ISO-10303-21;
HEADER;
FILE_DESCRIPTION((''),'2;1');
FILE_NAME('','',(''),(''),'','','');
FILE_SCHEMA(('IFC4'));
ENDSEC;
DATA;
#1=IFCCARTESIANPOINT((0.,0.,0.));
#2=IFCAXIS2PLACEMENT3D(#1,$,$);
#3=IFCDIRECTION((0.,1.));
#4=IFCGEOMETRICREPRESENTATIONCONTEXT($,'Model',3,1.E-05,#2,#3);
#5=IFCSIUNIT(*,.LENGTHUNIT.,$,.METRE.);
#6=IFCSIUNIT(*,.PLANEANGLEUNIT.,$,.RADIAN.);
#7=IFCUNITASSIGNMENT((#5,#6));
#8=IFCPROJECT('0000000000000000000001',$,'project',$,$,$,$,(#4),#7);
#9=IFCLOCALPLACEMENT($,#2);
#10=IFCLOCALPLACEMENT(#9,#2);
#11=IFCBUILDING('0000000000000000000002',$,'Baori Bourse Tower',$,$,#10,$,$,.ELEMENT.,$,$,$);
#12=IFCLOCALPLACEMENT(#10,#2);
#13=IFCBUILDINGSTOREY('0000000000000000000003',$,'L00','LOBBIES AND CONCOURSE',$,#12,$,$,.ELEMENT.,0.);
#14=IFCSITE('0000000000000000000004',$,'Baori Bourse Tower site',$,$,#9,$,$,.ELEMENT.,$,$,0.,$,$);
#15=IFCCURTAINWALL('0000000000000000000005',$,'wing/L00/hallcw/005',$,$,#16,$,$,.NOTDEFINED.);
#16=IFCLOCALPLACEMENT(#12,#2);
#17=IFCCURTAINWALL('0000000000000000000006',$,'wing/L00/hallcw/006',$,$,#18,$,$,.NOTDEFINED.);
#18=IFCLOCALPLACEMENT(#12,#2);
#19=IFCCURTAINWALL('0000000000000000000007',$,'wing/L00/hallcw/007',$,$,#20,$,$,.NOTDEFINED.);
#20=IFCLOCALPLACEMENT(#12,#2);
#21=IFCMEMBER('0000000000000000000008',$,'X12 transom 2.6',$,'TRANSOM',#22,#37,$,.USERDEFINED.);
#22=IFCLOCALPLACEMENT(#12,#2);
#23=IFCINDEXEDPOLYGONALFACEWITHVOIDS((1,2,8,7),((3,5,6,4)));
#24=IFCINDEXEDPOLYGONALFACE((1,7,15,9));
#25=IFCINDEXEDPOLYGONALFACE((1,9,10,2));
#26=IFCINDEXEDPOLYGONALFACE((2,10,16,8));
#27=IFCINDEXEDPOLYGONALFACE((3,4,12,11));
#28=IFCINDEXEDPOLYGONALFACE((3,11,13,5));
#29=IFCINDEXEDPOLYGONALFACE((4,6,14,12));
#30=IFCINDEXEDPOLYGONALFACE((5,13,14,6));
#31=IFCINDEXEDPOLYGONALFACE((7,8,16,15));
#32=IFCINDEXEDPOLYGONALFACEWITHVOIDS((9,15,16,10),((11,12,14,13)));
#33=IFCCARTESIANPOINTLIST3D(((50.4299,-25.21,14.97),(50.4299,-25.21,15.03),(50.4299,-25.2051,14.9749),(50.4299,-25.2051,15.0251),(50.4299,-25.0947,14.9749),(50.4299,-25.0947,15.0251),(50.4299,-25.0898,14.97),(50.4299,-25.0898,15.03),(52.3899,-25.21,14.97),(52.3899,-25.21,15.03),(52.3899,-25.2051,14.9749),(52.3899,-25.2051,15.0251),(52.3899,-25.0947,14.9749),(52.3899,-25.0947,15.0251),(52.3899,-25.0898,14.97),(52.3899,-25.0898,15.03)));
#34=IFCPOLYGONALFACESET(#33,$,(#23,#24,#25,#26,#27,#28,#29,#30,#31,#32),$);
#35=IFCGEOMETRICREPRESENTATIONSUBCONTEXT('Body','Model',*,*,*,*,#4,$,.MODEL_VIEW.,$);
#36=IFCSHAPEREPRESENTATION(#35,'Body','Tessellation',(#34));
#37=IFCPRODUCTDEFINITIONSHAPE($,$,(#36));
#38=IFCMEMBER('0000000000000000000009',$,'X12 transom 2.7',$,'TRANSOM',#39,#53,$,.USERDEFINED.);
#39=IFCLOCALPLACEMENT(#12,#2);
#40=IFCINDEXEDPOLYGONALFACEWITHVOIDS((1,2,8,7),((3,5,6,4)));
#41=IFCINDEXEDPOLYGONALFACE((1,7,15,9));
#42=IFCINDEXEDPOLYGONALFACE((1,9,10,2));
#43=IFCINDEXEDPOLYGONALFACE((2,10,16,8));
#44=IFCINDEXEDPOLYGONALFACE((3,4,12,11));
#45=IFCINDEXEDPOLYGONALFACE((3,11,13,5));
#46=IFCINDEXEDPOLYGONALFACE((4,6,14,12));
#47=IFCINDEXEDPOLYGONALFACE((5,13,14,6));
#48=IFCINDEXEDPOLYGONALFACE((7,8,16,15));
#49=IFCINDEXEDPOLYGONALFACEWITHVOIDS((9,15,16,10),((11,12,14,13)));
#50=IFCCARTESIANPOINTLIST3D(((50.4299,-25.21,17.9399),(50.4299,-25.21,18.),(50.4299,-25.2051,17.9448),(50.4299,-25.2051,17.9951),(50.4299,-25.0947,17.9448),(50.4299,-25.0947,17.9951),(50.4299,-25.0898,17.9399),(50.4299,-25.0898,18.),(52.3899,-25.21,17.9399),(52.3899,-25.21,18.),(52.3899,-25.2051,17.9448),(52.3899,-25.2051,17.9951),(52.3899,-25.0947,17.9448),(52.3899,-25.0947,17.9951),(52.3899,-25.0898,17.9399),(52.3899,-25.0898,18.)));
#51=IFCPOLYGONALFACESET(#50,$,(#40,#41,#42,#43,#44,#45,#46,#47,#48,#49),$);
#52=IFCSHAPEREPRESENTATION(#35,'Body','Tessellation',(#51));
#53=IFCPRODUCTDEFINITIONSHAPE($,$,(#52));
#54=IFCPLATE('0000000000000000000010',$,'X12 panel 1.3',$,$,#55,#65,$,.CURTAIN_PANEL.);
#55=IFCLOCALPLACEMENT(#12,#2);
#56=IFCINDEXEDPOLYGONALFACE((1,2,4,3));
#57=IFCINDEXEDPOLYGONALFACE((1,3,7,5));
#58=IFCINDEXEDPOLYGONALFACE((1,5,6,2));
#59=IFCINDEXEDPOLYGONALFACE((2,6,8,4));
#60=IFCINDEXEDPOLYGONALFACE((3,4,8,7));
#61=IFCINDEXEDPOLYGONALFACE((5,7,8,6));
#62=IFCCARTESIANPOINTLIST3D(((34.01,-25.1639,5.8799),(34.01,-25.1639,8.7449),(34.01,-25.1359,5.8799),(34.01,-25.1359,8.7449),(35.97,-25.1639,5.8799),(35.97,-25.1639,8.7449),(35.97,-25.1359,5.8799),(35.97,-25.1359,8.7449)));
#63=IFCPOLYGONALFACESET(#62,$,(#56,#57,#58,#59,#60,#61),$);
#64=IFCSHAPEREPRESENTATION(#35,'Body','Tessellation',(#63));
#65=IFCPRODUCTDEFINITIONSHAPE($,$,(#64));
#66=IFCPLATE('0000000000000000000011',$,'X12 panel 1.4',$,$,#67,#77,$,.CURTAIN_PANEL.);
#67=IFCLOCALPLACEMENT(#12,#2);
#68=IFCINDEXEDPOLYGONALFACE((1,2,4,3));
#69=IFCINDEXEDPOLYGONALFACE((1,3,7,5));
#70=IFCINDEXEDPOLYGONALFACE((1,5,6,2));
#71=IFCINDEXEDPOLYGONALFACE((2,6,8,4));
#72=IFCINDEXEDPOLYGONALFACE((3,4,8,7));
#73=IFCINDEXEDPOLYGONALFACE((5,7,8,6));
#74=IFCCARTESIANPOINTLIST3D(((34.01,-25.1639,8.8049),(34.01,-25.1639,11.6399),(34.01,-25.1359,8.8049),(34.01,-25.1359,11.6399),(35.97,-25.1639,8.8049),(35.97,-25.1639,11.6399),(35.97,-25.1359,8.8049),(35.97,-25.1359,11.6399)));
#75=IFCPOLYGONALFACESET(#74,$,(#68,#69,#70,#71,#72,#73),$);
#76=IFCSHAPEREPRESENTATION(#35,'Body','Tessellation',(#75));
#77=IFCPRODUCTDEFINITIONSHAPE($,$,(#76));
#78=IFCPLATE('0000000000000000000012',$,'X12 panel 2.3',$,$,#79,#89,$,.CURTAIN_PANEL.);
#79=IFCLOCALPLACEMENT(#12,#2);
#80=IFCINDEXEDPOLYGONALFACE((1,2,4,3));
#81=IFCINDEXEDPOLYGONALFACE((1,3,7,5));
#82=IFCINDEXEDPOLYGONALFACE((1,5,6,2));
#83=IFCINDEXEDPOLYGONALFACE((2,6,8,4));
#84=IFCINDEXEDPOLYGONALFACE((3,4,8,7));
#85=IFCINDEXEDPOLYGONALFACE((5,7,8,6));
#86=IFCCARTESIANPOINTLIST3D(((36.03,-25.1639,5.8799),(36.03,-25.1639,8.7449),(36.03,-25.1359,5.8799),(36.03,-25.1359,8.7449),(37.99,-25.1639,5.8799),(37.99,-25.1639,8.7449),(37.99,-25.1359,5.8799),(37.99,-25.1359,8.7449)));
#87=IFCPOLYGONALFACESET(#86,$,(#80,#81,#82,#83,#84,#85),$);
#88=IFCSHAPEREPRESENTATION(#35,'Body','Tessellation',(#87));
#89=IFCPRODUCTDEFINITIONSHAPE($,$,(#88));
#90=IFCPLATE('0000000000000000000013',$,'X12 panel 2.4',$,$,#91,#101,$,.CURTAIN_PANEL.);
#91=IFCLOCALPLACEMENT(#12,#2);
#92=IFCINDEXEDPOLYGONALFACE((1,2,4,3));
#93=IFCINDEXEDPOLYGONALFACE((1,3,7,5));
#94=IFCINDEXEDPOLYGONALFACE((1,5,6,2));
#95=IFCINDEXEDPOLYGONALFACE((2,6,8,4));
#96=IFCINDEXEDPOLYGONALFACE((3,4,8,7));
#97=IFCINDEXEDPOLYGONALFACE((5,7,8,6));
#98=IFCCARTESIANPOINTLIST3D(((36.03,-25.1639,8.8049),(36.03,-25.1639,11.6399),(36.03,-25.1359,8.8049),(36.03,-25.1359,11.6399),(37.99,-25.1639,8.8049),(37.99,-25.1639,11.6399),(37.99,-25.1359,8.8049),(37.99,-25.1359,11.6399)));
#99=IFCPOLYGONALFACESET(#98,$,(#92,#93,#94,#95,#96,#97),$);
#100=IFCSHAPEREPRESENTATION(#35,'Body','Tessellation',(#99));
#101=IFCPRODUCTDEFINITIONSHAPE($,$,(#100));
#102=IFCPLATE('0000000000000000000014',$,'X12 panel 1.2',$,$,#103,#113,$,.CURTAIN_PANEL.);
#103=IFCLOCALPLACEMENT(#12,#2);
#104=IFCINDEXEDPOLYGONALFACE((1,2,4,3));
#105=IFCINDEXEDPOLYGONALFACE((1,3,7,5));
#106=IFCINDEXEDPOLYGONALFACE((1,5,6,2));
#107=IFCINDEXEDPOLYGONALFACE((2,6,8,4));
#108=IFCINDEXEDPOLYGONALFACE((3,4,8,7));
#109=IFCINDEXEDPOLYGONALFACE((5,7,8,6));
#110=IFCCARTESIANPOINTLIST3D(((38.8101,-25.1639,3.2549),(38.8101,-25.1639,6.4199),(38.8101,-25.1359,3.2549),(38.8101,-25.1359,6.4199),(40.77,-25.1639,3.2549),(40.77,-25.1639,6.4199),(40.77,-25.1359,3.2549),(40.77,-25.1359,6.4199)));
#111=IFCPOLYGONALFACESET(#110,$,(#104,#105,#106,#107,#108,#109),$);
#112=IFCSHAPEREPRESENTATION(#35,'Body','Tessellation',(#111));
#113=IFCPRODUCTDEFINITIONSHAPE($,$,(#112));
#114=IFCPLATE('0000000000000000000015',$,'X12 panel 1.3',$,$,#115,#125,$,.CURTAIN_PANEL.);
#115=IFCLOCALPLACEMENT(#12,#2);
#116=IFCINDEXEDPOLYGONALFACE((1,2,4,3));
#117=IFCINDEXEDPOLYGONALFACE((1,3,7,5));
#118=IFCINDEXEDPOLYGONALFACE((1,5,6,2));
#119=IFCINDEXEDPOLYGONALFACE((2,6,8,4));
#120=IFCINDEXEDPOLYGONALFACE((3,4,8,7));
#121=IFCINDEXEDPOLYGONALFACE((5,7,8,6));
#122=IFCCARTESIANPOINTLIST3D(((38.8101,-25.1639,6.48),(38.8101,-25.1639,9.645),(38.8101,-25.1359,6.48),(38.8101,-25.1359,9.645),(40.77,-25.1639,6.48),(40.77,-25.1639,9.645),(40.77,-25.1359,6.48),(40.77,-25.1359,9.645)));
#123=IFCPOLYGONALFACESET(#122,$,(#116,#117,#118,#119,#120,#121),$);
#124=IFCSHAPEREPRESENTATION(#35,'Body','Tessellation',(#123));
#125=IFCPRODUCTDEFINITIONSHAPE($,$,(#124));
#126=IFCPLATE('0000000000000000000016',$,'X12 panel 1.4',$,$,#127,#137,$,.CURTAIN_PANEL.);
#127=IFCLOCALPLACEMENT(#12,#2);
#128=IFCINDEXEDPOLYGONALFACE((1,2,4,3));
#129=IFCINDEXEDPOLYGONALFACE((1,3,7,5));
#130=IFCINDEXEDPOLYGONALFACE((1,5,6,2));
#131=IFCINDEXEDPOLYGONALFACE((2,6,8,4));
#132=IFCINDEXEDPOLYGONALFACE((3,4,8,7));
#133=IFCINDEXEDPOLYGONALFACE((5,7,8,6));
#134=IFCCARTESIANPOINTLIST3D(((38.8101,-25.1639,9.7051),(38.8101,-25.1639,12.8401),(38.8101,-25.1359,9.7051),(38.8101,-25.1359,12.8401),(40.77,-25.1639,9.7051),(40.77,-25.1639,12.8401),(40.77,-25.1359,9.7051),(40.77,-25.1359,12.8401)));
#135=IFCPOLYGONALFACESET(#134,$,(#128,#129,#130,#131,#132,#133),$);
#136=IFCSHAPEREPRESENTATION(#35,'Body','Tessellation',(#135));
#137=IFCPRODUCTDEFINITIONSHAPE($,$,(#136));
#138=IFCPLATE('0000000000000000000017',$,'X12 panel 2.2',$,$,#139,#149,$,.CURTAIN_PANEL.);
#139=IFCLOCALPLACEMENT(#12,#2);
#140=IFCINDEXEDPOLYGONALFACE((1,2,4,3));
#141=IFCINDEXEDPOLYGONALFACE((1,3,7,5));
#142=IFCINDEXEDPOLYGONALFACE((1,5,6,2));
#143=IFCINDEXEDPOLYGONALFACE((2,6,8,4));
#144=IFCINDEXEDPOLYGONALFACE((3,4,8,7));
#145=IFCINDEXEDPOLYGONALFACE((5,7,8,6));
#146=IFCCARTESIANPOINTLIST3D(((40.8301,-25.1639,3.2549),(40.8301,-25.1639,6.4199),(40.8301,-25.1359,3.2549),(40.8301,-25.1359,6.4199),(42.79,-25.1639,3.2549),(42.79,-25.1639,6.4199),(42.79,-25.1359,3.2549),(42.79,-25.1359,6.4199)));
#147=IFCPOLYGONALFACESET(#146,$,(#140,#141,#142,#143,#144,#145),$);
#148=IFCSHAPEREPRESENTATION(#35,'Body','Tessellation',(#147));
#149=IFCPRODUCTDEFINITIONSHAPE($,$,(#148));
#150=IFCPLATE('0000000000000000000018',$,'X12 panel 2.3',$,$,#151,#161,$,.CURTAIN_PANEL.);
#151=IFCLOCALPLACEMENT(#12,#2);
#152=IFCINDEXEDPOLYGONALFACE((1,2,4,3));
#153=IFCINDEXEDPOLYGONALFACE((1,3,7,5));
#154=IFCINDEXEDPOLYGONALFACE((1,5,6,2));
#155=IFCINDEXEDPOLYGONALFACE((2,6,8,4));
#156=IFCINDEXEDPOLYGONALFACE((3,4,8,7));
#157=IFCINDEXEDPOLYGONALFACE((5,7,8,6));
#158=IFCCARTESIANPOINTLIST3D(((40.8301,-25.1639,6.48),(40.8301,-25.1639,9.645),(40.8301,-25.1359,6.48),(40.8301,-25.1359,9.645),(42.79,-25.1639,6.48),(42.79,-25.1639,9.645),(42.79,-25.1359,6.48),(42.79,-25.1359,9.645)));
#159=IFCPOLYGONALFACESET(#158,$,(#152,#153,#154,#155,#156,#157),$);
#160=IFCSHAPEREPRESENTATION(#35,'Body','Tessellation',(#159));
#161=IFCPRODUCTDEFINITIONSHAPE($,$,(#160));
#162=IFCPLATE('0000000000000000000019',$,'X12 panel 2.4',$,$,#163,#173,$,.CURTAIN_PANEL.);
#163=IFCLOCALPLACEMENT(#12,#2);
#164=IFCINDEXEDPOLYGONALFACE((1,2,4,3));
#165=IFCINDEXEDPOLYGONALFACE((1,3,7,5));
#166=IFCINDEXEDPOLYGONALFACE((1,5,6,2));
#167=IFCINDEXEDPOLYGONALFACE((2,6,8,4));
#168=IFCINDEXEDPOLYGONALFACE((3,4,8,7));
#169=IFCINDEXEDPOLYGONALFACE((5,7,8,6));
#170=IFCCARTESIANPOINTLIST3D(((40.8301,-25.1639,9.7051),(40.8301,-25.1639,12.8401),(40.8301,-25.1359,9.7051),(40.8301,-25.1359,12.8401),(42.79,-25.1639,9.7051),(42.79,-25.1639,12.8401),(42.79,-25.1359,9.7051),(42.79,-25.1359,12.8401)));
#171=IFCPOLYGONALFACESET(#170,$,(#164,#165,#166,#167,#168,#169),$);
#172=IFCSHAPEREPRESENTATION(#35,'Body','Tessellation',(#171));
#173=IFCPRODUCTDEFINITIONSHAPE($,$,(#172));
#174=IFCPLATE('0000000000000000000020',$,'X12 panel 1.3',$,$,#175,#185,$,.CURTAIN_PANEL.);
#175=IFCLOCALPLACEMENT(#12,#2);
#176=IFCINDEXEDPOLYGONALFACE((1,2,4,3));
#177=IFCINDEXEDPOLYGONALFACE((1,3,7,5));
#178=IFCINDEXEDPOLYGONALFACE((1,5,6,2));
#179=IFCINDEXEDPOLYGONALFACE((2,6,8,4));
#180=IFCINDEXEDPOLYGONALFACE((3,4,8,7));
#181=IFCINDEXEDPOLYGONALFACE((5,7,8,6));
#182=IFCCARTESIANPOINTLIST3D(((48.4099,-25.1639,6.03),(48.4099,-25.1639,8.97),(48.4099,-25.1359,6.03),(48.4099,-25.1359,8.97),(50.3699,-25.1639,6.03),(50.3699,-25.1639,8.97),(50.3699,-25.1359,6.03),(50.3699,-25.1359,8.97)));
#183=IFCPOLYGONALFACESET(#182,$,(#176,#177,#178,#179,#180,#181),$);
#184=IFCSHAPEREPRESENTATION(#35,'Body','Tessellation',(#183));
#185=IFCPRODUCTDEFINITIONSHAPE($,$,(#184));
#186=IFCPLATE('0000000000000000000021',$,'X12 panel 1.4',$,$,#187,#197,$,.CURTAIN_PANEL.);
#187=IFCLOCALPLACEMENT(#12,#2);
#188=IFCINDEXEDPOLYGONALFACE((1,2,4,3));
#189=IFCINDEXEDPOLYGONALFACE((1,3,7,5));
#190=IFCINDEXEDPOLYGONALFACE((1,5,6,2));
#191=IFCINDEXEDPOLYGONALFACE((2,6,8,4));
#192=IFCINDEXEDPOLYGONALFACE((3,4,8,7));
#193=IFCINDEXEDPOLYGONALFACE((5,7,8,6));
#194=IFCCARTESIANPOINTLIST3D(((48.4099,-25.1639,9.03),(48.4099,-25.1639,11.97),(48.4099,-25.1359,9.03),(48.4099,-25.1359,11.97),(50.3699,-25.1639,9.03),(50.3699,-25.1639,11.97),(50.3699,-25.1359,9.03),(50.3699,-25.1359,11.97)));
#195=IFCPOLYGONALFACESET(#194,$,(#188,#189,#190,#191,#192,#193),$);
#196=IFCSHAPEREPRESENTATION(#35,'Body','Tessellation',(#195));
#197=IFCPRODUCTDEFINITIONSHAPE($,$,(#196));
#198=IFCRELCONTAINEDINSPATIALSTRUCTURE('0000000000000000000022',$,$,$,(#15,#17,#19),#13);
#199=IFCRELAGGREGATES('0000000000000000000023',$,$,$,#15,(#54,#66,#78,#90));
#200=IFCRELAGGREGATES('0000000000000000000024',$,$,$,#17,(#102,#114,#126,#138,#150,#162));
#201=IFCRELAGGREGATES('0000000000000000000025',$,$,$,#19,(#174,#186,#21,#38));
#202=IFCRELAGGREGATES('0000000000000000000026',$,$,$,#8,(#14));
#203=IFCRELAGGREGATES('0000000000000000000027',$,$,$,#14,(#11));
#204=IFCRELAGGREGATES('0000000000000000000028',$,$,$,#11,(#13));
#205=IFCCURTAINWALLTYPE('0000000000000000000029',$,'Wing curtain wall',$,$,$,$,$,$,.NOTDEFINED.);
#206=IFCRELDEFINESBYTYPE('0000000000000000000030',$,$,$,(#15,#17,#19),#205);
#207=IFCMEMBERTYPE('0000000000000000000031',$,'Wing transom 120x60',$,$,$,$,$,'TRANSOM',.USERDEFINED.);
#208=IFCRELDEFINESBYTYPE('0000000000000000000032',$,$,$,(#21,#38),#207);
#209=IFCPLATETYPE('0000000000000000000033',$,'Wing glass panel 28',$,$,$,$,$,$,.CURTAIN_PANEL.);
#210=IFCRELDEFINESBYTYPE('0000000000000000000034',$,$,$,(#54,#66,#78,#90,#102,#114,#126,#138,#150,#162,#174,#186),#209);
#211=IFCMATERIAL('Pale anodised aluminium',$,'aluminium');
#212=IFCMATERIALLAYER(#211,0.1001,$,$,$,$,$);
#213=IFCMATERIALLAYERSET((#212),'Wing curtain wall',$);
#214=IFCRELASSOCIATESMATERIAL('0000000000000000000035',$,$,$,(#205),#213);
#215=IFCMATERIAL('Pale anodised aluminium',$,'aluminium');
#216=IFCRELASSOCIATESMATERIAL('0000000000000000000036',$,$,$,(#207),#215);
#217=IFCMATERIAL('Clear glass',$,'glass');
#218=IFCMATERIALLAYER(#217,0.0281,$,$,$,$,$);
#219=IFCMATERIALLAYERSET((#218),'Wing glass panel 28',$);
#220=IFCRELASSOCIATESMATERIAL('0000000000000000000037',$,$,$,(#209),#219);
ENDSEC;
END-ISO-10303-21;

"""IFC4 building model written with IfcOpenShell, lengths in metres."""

from ifc_helpers import new_model, si_unit, direction, frame, origin, origin_2d, place, context, subcontext, project, spatial, rectangle, hollow_rectangle, extrude, material, layer, layer_set, material_profile, profile_set, type_object, element, aggregate, save


model = new_model("IFC4")

# Units and contexts
model_context = context("Model", 3, precision=1e-05, world=origin(), true_north=direction((0.0, 1.0)))
body_context = subcontext(model_context, "Body", "Model", "MODEL_VIEW")
ifc_project = project(units=[si_unit("LENGTHUNIT", "METRE"), si_unit("PLANEANGLEUNIT", "RADIAN")], contexts=[model_context])

# Site, building, storey
site_placement = place(None, origin())
site = spatial("IfcSite", under=ifc_project, at=site_placement, Name="Baori Bourse Tower site", CompositionType="ELEMENT", RefElevation=0.0)
building_placement = place(site_placement, origin())
building = spatial("IfcBuilding", under=site, at=building_placement, Name="Baori Bourse Tower", CompositionType="ELEMENT")
storey_placement = place(building_placement, origin())
storey = spatial("IfcBuildingStorey", under=building, at=storey_placement, Name="L00", Description="LOBBIES AND CONCOURSE", CompositionType="ELEMENT", Elevation=0.0)

# Curtain walls, members
ifc_material_1 = material(Name="Pale anodised aluminium", Category="aluminium")
ifc_layer_1 = layer(ifc_material_1, 0.1001)
ifc_layer_set_1 = layer_set([ifc_layer_1], Name="Wing curtain wall")
curtain_wall_type = type_object("IfcCurtainWallType", Name="Wing curtain wall", PredefinedType="NOTDEFINED", material=ifc_layer_set_1)
curtain_wall_1_placement = place(storey_placement, origin())
curtain_wall_1 = element("IfcCurtainWall", 1, at=curtain_wall_1_placement, inside=storey, type_object=curtain_wall_type, Name="wing/L00/hallcw/005", PredefinedType="NOTDEFINED")
ifc_material_2 = material(Name="Pale anodised aluminium", Category="aluminium")
ifc_material_profile_1 = material_profile(ifc_material_2, hollow_rectangle(XDim=0.1201, YDim=0.0601, WallThickness=0.0049, at=origin_2d()), Name="Transom 120x60x5")
ifc_profile_set_1 = profile_set([ifc_material_profile_1], Name="Pale anodised aluminium")
member_type = type_object("IfcMemberType", Name="Wing transom 120x60", ElementType="TRANSOM", PredefinedType="USERDEFINED", material=ifc_profile_set_1)
curtain_wall_2_placement = place(storey_placement, origin())
curtain_wall_2 = element("IfcCurtainWall", 2, at=curtain_wall_2_placement, inside=storey, type_object=curtain_wall_type, Name="wing/L00/hallcw/006", PredefinedType="NOTDEFINED")
curtain_wall_3_placement = place(storey_placement, origin())
curtain_wall_3 = element("IfcCurtainWall", 3, at=curtain_wall_3_placement, inside=storey, type_object=curtain_wall_type, Name="wing/L00/hallcw/007", PredefinedType="NOTDEFINED")
member_1_placement = place(storey_placement, frame((50.4299, -25.1499, 15.0), z_axis=(1.0, 0.0, 0.0), x_axis=(0.0, 1.0, 0.0)))
member_1 = element("IfcMember", 4, at=member_1_placement, type_object=member_type, Name="X12 transom 2.6", ObjectType="TRANSOM", PredefinedType="USERDEFINED", context=body_context, shape_type="SweptSolid", body=[
    extrude(hollow_rectangle(XDim=0.1201, YDim=0.0601, WallThickness=0.0049, at=origin_2d()), origin(), (0.0, 0.0, 1.0), 1.96),
])
member_2_placement = place(storey_placement, frame((50.4299, -25.1499, 17.97), z_axis=(1.0, 0.0, 0.0), x_axis=(0.0, 1.0, 0.0)))
member_2 = element("IfcMember", 5, at=member_2_placement, type_object=member_type, Name="X12 transom 2.7", ObjectType="TRANSOM", PredefinedType="USERDEFINED", context=body_context, shape_type="SweptSolid", body=[
    extrude(hollow_rectangle(XDim=0.1201, YDim=0.0601, WallThickness=0.0049, at=origin_2d()), origin(), (0.0, 0.0, 1.0), 1.96),
])

# Plates
ifc_material_3 = material(Name="Clear glass", Category="glass")
ifc_layer_2 = layer(ifc_material_3, 0.0281)
ifc_layer_set_2 = layer_set([ifc_layer_2], Name="Wing glass panel 28")
plate_type = type_object("IfcPlateType", Name="Wing glass panel 28", PredefinedType="CURTAIN_PANEL", material=ifc_layer_set_2)
plate_1_placement = place(storey_placement, frame((34.99, -25.1499, 5.8799), z_axis=(0.0, 0.0, 1.0), x_axis=(1.0, 0.0, 0.0)))
plate_1 = element("IfcPlate", 6, at=plate_1_placement, type_object=plate_type, Name="X12 panel 1.3", PredefinedType="CURTAIN_PANEL", context=body_context, shape_type="SweptSolid", body=[
    extrude(rectangle(XDim=1.96, YDim=0.0281, at=origin_2d()), origin(), (0.0, 0.0, 1.0), 2.865),
])
plate_2_placement = place(storey_placement, frame((34.99, -25.1499, 8.8049), z_axis=(0.0, 0.0, 1.0), x_axis=(1.0, 0.0, 0.0)))
plate_2 = element("IfcPlate", 7, at=plate_2_placement, type_object=plate_type, Name="X12 panel 1.4", PredefinedType="CURTAIN_PANEL", context=body_context, shape_type="SweptSolid", body=[
    extrude(rectangle(XDim=1.96, YDim=0.0281, at=origin_2d()), origin(), (0.0, 0.0, 1.0), 2.835),
])
plate_3_placement = place(storey_placement, frame((37.01, -25.1499, 5.8799), z_axis=(0.0, 0.0, 1.0), x_axis=(1.0, 0.0, 0.0)))
plate_3 = element("IfcPlate", 8, at=plate_3_placement, type_object=plate_type, Name="X12 panel 2.3", PredefinedType="CURTAIN_PANEL", context=body_context, shape_type="SweptSolid", body=[
    extrude(rectangle(XDim=1.96, YDim=0.0281, at=origin_2d()), origin(), (0.0, 0.0, 1.0), 2.865),
])
plate_4_placement = place(storey_placement, frame((37.01, -25.1499, 8.8049), z_axis=(0.0, 0.0, 1.0), x_axis=(1.0, 0.0, 0.0)))
plate_4 = element("IfcPlate", 9, at=plate_4_placement, type_object=plate_type, Name="X12 panel 2.4", PredefinedType="CURTAIN_PANEL", context=body_context, shape_type="SweptSolid", body=[
    extrude(rectangle(XDim=1.96, YDim=0.0281, at=origin_2d()), origin(), (0.0, 0.0, 1.0), 2.835),
])
aggregate(curtain_wall_1, [plate_1, plate_2, plate_3, plate_4])
plate_5_placement = place(storey_placement, frame((39.79, -25.1499, 3.2549), z_axis=(0.0, 0.0, 1.0), x_axis=(1.0, 0.0, 0.0)))
plate_5 = element("IfcPlate", 10, at=plate_5_placement, type_object=plate_type, Name="X12 panel 1.2", PredefinedType="CURTAIN_PANEL", context=body_context, shape_type="SweptSolid", body=[
    extrude(rectangle(XDim=1.96, YDim=0.0281, at=origin_2d()), origin(), (0.0, 0.0, 1.0), 3.165),
])
plate_6_placement = place(storey_placement, frame((39.79, -25.1499, 6.48), z_axis=(0.0, 0.0, 1.0), x_axis=(1.0, 0.0, 0.0)))
plate_6 = element("IfcPlate", 11, at=plate_6_placement, type_object=plate_type, Name="X12 panel 1.3", PredefinedType="CURTAIN_PANEL", context=body_context, shape_type="SweptSolid", body=[
    extrude(rectangle(XDim=1.96, YDim=0.0281, at=origin_2d()), origin(), (0.0, 0.0, 1.0), 3.165),
])
plate_7_placement = place(storey_placement, frame((39.79, -25.1499, 9.7051), z_axis=(0.0, 0.0, 1.0), x_axis=(1.0, 0.0, 0.0)))
plate_7 = element("IfcPlate", 12, at=plate_7_placement, type_object=plate_type, Name="X12 panel 1.4", PredefinedType="CURTAIN_PANEL", context=body_context, shape_type="SweptSolid", body=[
    extrude(rectangle(XDim=1.96, YDim=0.0281, at=origin_2d()), origin(), (0.0, 0.0, 1.0), 3.135),
])
plate_8_placement = place(storey_placement, frame((41.8101, -25.1499, 3.2549), z_axis=(0.0, 0.0, 1.0), x_axis=(1.0, 0.0, 0.0)))
plate_8 = element("IfcPlate", 13, at=plate_8_placement, type_object=plate_type, Name="X12 panel 2.2", PredefinedType="CURTAIN_PANEL", context=body_context, shape_type="SweptSolid", body=[
    extrude(rectangle(XDim=1.96, YDim=0.0281, at=origin_2d()), origin(), (0.0, 0.0, 1.0), 3.165),
])
plate_9_placement = place(storey_placement, frame((41.8101, -25.1499, 6.48), z_axis=(0.0, 0.0, 1.0), x_axis=(1.0, 0.0, 0.0)))
plate_9 = element("IfcPlate", 14, at=plate_9_placement, type_object=plate_type, Name="X12 panel 2.3", PredefinedType="CURTAIN_PANEL", context=body_context, shape_type="SweptSolid", body=[
    extrude(rectangle(XDim=1.96, YDim=0.0281, at=origin_2d()), origin(), (0.0, 0.0, 1.0), 3.165),
])
plate_10_placement = place(storey_placement, frame((41.8101, -25.1499, 9.7051), z_axis=(0.0, 0.0, 1.0), x_axis=(1.0, 0.0, 0.0)))
plate_10 = element("IfcPlate", 15, at=plate_10_placement, type_object=plate_type, Name="X12 panel 2.4", PredefinedType="CURTAIN_PANEL", context=body_context, shape_type="SweptSolid", body=[
    extrude(rectangle(XDim=1.96, YDim=0.0281, at=origin_2d()), origin(), (0.0, 0.0, 1.0), 3.135),
])
aggregate(curtain_wall_2, [plate_5, plate_6, plate_7, plate_8, plate_9, plate_10])
plate_11_placement = place(storey_placement, frame((49.3899, -25.1499, 6.03), z_axis=(0.0, 0.0, 1.0), x_axis=(1.0, 0.0, 0.0)))
plate_11 = element("IfcPlate", 16, at=plate_11_placement, type_object=plate_type, Name="X12 panel 1.3", PredefinedType="CURTAIN_PANEL", context=body_context, shape_type="SweptSolid", body=[
    extrude(rectangle(XDim=1.96, YDim=0.0281, at=origin_2d()), origin(), (0.0, 0.0, 1.0), 2.9399),
])
plate_12_placement = place(storey_placement, frame((49.3899, -25.1499, 9.03), z_axis=(0.0, 0.0, 1.0), x_axis=(1.0, 0.0, 0.0)))
plate_12 = element("IfcPlate", 17, at=plate_12_placement, type_object=plate_type, Name="X12 panel 1.4", PredefinedType="CURTAIN_PANEL", context=body_context, shape_type="SweptSolid", body=[
    extrude(rectangle(XDim=1.96, YDim=0.0281, at=origin_2d()), origin(), (0.0, 0.0, 1.0), 2.9399),
])
aggregate(curtain_wall_3, [plate_11, plate_12, member_1, member_2])

save(model, "model.ifc")
